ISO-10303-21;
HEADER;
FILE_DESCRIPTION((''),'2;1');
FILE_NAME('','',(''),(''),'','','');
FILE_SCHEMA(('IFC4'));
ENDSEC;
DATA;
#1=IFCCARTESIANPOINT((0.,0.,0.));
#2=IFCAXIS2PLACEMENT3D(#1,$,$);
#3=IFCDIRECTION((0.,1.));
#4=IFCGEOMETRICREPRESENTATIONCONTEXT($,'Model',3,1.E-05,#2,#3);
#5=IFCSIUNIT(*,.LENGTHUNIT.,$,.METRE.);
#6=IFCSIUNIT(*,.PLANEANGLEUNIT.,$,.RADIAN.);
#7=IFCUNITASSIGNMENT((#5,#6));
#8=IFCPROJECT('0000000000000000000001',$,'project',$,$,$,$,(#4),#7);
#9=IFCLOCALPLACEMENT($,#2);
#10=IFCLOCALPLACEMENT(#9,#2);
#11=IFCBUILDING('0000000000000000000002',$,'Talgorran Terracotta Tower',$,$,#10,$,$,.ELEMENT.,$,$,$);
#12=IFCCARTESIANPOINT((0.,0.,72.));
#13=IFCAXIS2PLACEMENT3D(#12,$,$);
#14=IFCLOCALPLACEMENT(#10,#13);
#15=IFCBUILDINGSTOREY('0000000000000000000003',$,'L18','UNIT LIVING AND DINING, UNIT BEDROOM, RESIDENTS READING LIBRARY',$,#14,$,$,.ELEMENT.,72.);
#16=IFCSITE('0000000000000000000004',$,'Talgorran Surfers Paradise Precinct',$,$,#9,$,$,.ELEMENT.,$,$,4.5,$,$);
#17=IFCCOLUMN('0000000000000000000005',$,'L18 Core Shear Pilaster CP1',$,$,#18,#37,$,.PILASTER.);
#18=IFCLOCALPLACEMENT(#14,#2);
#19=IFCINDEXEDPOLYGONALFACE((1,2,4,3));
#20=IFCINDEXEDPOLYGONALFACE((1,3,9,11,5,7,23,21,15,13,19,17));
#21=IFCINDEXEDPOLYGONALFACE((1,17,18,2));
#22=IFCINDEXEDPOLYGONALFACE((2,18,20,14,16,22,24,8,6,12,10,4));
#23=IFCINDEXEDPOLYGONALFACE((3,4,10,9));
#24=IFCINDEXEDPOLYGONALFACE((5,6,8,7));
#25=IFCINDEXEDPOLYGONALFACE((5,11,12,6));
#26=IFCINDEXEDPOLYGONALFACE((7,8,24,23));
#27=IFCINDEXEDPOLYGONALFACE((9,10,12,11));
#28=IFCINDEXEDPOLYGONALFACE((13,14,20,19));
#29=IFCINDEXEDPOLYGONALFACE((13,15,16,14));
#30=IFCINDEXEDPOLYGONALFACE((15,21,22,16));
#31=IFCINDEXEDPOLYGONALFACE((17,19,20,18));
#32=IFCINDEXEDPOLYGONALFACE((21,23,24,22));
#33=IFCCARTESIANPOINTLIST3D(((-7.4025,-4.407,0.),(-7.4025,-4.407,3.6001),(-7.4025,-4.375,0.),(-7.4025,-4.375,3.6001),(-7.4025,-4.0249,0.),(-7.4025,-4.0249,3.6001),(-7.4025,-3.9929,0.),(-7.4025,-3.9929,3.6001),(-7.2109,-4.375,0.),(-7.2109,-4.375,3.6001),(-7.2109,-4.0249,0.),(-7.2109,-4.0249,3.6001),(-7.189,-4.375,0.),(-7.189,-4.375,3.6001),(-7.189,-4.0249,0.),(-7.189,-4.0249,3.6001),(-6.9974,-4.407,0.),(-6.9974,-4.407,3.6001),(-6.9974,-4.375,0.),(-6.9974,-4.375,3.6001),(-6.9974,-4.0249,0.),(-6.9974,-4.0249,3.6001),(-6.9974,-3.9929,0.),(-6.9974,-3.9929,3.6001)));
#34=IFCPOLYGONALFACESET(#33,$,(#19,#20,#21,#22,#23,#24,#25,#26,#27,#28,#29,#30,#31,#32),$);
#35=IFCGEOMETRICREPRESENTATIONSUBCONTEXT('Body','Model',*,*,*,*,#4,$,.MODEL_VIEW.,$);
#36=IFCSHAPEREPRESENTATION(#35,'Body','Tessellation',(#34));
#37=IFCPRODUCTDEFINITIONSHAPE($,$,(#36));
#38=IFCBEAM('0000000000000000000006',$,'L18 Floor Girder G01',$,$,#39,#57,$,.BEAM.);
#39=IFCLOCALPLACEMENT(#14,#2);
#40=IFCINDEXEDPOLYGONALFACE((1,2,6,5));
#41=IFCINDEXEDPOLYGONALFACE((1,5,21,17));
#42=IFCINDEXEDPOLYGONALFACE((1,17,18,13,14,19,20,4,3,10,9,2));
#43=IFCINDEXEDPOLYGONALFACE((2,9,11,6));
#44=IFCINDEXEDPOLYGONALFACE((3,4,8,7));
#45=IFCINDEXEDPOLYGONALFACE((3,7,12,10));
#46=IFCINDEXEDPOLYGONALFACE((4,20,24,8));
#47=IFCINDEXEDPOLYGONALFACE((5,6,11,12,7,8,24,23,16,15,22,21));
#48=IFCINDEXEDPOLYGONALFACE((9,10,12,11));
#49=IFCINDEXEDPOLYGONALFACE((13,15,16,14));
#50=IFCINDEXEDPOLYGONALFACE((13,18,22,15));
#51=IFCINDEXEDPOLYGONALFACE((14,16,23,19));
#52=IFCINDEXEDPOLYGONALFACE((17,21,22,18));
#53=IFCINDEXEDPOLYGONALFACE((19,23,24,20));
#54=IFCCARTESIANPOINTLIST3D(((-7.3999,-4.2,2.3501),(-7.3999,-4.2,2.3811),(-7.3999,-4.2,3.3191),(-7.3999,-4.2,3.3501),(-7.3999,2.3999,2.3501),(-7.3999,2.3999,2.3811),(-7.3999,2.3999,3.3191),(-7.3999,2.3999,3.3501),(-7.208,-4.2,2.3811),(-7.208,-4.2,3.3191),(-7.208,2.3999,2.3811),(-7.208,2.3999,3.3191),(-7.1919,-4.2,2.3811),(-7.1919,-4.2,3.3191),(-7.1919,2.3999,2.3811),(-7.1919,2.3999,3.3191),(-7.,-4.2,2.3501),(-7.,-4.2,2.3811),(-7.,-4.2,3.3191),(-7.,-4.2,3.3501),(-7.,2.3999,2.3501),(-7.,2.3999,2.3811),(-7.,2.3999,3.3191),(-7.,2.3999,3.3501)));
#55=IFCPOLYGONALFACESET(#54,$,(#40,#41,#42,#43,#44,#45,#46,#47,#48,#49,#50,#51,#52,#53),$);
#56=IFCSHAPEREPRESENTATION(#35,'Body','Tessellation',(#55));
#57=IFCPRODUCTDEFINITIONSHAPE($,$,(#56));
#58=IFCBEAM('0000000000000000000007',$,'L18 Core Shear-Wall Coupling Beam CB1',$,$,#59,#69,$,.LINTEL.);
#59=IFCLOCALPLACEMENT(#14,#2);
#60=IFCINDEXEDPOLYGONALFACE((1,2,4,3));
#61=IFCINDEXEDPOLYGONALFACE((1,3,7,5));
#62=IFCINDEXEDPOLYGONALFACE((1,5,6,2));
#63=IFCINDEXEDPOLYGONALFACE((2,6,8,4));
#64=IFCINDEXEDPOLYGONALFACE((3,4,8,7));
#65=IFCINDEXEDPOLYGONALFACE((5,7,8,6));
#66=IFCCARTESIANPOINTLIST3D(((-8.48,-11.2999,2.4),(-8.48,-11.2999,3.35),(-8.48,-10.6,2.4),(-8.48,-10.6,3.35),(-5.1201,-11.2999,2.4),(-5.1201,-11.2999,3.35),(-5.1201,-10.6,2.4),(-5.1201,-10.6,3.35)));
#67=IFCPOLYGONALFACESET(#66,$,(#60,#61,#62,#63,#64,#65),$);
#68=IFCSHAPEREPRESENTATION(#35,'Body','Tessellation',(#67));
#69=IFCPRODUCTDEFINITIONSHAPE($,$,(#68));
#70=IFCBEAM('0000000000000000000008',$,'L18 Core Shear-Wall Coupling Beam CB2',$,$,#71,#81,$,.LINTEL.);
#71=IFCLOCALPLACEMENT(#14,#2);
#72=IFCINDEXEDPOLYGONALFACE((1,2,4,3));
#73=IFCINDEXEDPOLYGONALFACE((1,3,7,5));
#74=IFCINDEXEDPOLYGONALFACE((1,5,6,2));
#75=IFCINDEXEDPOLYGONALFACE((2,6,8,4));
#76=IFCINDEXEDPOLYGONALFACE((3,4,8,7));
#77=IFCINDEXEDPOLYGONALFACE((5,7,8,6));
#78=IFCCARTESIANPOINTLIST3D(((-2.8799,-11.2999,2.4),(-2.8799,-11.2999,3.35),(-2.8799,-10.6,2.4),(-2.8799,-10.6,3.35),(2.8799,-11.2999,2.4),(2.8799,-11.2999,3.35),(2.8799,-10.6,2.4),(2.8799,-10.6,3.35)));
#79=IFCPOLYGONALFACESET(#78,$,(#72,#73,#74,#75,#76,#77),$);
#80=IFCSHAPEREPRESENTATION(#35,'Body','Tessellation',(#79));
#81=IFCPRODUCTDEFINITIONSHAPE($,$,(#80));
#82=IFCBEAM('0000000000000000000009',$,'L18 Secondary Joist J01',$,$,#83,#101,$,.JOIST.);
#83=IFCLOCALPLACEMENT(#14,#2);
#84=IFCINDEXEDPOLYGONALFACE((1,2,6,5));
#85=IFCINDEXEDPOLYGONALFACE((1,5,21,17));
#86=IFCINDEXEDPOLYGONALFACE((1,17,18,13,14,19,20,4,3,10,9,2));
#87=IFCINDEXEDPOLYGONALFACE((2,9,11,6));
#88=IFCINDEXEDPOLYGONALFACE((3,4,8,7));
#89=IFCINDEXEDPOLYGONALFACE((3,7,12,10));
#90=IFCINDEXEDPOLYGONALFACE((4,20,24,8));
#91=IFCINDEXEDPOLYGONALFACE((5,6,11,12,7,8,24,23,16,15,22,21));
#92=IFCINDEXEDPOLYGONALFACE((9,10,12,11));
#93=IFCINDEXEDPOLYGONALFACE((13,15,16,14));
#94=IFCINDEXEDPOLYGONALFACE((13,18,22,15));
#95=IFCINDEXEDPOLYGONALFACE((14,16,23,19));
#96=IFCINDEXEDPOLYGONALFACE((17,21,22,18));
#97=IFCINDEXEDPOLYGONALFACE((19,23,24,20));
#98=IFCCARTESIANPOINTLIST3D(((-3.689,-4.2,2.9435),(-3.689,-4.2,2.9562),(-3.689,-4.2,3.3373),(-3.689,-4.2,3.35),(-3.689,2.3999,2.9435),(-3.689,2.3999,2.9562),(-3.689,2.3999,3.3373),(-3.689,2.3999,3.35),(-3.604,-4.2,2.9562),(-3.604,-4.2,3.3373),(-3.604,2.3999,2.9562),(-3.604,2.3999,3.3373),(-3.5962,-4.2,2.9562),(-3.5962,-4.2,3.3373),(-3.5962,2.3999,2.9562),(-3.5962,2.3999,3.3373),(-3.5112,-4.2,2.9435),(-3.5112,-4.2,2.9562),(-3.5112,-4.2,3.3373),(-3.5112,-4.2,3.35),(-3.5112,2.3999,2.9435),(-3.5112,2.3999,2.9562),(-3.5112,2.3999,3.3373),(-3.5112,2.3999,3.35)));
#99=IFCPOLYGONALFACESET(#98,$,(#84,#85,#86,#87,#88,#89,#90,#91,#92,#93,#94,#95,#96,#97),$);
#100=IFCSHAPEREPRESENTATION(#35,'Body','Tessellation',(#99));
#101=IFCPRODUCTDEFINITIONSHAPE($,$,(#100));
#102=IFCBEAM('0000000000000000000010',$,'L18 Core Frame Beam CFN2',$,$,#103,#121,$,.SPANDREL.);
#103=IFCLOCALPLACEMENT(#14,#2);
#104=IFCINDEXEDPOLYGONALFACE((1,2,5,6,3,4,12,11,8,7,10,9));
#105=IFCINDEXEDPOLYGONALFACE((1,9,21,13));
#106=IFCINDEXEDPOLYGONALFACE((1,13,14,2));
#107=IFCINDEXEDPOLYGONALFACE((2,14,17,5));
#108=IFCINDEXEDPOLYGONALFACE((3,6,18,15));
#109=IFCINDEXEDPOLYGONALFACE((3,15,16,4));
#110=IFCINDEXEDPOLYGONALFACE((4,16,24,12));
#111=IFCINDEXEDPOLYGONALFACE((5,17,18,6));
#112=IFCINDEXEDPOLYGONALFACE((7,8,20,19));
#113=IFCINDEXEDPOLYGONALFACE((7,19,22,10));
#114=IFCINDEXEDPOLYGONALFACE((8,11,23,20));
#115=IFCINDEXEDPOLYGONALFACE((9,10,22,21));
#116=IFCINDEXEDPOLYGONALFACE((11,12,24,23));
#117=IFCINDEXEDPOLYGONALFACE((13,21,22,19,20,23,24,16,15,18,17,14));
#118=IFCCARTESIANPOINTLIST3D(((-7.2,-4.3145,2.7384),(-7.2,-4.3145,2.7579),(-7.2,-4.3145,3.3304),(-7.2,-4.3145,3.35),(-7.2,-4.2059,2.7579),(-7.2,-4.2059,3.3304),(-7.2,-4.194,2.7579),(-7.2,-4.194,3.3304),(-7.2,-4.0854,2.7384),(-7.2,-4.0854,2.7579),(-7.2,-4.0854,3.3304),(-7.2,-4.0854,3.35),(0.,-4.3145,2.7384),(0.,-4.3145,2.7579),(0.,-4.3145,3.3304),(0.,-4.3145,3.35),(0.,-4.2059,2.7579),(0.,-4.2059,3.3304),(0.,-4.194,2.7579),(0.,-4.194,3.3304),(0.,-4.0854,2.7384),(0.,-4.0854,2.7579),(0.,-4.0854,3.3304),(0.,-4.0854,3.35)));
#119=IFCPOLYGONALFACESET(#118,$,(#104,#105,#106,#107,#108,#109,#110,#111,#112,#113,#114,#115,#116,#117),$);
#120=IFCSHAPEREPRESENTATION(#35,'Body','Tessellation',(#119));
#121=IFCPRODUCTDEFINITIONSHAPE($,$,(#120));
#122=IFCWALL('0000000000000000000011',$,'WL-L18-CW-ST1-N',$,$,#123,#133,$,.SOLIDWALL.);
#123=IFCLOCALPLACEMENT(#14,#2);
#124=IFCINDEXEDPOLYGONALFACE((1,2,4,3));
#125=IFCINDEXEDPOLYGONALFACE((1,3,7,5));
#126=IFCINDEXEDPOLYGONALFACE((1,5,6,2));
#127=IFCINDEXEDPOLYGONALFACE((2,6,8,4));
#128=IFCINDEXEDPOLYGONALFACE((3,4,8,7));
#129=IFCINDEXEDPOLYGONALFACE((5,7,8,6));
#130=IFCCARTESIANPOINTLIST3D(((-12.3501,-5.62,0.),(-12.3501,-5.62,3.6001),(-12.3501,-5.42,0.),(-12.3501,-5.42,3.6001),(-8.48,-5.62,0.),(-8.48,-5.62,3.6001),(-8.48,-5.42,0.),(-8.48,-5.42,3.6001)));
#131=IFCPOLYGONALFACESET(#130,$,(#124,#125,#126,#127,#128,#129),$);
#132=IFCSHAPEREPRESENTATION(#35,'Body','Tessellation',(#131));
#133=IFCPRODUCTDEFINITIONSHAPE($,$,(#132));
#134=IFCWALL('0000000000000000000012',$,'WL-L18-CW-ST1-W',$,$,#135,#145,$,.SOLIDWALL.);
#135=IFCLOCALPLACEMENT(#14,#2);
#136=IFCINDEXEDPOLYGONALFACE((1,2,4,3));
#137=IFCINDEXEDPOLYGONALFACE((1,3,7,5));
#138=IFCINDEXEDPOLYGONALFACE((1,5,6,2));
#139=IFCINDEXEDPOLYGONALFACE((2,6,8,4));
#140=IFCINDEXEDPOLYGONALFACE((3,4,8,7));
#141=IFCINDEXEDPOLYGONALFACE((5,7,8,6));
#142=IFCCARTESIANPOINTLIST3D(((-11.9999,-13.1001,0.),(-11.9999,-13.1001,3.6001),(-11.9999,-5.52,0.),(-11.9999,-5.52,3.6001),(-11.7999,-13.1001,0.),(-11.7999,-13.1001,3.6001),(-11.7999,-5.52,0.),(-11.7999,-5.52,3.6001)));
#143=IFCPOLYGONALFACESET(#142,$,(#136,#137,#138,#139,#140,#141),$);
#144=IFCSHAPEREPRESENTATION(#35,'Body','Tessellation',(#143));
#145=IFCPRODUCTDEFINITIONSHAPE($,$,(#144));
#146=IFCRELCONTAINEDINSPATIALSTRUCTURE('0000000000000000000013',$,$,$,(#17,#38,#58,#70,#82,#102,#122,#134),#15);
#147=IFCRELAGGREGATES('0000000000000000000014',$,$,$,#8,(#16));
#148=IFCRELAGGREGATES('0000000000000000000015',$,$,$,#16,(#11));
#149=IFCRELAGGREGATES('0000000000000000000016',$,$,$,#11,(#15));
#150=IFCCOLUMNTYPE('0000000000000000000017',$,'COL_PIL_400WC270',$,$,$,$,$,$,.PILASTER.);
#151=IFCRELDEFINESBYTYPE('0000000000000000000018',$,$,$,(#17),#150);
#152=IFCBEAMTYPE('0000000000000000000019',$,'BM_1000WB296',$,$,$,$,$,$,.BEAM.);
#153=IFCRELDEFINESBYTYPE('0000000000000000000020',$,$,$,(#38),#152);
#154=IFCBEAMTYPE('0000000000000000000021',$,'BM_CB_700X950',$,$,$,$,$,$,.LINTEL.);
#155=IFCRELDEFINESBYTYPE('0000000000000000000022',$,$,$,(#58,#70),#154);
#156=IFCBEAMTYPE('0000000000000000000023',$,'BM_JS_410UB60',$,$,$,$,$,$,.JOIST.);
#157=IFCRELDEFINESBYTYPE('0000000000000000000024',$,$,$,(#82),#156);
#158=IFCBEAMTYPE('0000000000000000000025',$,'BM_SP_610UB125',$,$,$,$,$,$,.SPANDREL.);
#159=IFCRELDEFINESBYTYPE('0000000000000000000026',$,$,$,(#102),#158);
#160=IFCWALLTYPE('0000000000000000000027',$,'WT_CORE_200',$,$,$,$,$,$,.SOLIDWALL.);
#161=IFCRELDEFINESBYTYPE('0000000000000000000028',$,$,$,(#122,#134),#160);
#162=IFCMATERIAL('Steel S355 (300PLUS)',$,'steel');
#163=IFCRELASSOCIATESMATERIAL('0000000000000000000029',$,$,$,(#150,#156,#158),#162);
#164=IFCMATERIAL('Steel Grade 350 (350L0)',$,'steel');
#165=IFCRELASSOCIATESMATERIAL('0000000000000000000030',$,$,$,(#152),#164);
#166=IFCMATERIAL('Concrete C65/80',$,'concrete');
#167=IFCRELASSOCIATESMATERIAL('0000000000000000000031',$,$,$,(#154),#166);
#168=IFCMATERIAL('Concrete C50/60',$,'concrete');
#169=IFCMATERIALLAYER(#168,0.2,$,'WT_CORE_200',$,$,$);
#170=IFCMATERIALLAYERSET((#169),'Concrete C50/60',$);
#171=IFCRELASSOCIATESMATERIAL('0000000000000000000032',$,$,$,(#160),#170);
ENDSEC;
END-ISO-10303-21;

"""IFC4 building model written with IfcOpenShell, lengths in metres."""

from ifc_helpers import new_model, si_unit, direction, frame, frame_2d, origin, origin_2d, place, context, subcontext, project, spatial, rectangle, i_section, extrude, material, layer, layer_set, material_profile, profile_set, type_object, element, save


model = new_model("IFC4")

# Units and contexts
model_context = context("Model", 3, precision=1e-05, world=origin(), true_north=direction((0.0, 1.0)))
body_context = subcontext(model_context, "Body", "Model", "MODEL_VIEW")
ifc_project = project(units=[si_unit("LENGTHUNIT", "METRE"), si_unit("PLANEANGLEUNIT", "RADIAN")], contexts=[model_context])

# Site, building, storey
site_placement = place(None, origin())
site = spatial("IfcSite", under=ifc_project, at=site_placement, Name="Talgorran Surfers Paradise Precinct", CompositionType="ELEMENT", RefElevation=4.5)
building_placement = place(site_placement, origin())
building = spatial("IfcBuilding", under=site, at=building_placement, Name="Talgorran Terracotta Tower", CompositionType="ELEMENT")
storey_placement = place(building_placement, frame((0.0, 0.0, 72.0)))
storey = spatial("IfcBuildingStorey", under=building, at=storey_placement, Name="L18", Description="UNIT LIVING AND DINING, UNIT BEDROOM, RESIDENTS READING LIBRARY", CompositionType="ELEMENT", Elevation=72.0)

# Column
ifc_material_1 = material(Name="Steel S355 (300PLUS)", Category="steel")
ifc_material_profile_1 = material_profile(ifc_material_1, i_section(OverallWidth=0.405, OverallDepth=0.4141, WebThickness=0.022, FlangeThickness=0.032, at=origin_2d()), Name="400WC270")
ifc_profile_set_1 = profile_set([ifc_material_profile_1], Name="Steel S355 (300PLUS)")
column_type = type_object("IfcColumnType", Name="COL_PIL_400WC270", PredefinedType="PILASTER", material=ifc_profile_set_1)
column_placement = place(storey_placement, frame((-7.2, -4.2, 0.0), z_axis=(0.0, 0.0, 1.0), x_axis=(1.0, 0.0, 0.0)))
element("IfcColumn", 1, at=column_placement, inside=storey, type_object=column_type, Name="L18 Core Shear Pilaster CP1", PredefinedType="PILASTER", context=body_context, shape_type="SweptSolid", body=[
    extrude(i_section(OverallWidth=0.405, OverallDepth=0.4141, WebThickness=0.022, FlangeThickness=0.032, at=origin_2d()), origin(), (0.0, 0.0, 1.0), 3.6001),
])

# Beams
ifc_material_2 = material(Name="Steel Grade 350 (350L0)", Category="steel")
ifc_material_profile_2 = material_profile(ifc_material_2, i_section(OverallWidth=0.3999, OverallDepth=1.0, WebThickness=0.0161, FlangeThickness=0.031, at=origin_2d()), Name="1000WB296")
ifc_profile_set_2 = profile_set([ifc_material_profile_2], Name="Steel Grade 350 (350L0)")
beam_type_1 = type_object("IfcBeamType", Name="BM_1000WB296", PredefinedType="BEAM", material=ifc_profile_set_2)
beam_1_placement = place(storey_placement, frame((-7.2, -4.2, 2.8501), z_axis=(0.0, 1.0, 0.0), x_axis=(-1.0, 0.0, 0.0)))
element("IfcBeam", 2, at=beam_1_placement, inside=storey, type_object=beam_type_1, Name="L18 Floor Girder G01", PredefinedType="BEAM", context=body_context, shape_type="SweptSolid", body=[
    extrude(i_section(OverallWidth=0.3999, OverallDepth=1.0, WebThickness=0.0161, FlangeThickness=0.031, at=origin_2d()), origin(), (0.0, 0.0, 1.0), 6.5999),
])
ifc_material_3 = material(Name="Concrete C65/80", Category="concrete")
ifc_material_profile_3 = material_profile(ifc_material_3, rectangle(XDim=0.7, YDim=0.95, at=origin_2d()), Name="RCCB700X950")
ifc_profile_set_3 = profile_set([ifc_material_profile_3], Name="Concrete C65/80")
beam_type_2 = type_object("IfcBeamType", Name="BM_CB_700X950", PredefinedType="LINTEL", material=ifc_profile_set_3)
beam_2_placement = place(storey_placement, frame((-8.48, -10.95, 2.875), z_axis=(1.0, 0.0, 0.0), x_axis=(0.0, 1.0, 0.0)))
element("IfcBeam", 3, at=beam_2_placement, inside=storey, type_object=beam_type_2, Name="L18 Core Shear-Wall Coupling Beam CB1", PredefinedType="LINTEL", context=body_context, shape_type="SweptSolid", body=[
    extrude(rectangle(XDim=0.7, YDim=0.95, at=origin_2d()), origin(), (0.0, 0.0, 1.0), 3.3599),
])
beam_3_placement = place(storey_placement, frame((-2.8799, -10.95, 2.875), z_axis=(1.0, 0.0, 0.0), x_axis=(0.0, 1.0, 0.0)))
element("IfcBeam", 4, at=beam_3_placement, inside=storey, type_object=beam_type_2, Name="L18 Core Shear-Wall Coupling Beam CB2", PredefinedType="LINTEL", context=body_context, shape_type="SweptSolid", body=[
    extrude(rectangle(XDim=0.7, YDim=0.95, at=origin_2d()), origin(), (0.0, 0.0, 1.0), 5.7598),
])
ifc_material_profile_4 = material_profile(ifc_material_1, i_section(OverallWidth=0.1777, OverallDepth=0.4065, WebThickness=0.0078, FlangeThickness=0.0127, at=origin_2d()), Name="410UB59.7")
ifc_profile_set_4 = profile_set([ifc_material_profile_4], Name="Steel S355 (300PLUS)")
beam_type_3 = type_object("IfcBeamType", Name="BM_JS_410UB60", PredefinedType="JOIST", material=ifc_profile_set_4)
beam_4_placement = place(storey_placement, frame((-3.6001, -4.2, 3.1467), z_axis=(0.0, 1.0, 0.0), x_axis=(-1.0, 0.0, 0.0)))
element("IfcBeam", 5, at=beam_4_placement, inside=storey, type_object=beam_type_3, Name="L18 Secondary Joist J01", PredefinedType="JOIST", context=body_context, shape_type="SweptSolid", body=[
    extrude(i_section(OverallWidth=0.1777, OverallDepth=0.4065, WebThickness=0.0078, FlangeThickness=0.0127, at=origin_2d()), origin(), (0.0, 0.0, 1.0), 6.5999),
])
ifc_material_profile_5 = material_profile(ifc_material_1, i_section(OverallWidth=0.229, OverallDepth=0.6116, WebThickness=0.012, FlangeThickness=0.0195, at=origin_2d()), Name="610UB125")
ifc_profile_set_5 = profile_set([ifc_material_profile_5], Name="Steel S355 (300PLUS)")
beam_type_4 = type_object("IfcBeamType", Name="BM_SP_610UB125", PredefinedType="SPANDREL", material=ifc_profile_set_5)
beam_5_placement = place(storey_placement, frame((-7.2, -4.2, 3.0442), z_axis=(1.0, 0.0, 0.0), x_axis=(0.0, 1.0, 0.0)))
element("IfcBeam", 6, at=beam_5_placement, inside=storey, type_object=beam_type_4, Name="L18 Core Frame Beam CFN2", PredefinedType="SPANDREL", context=body_context, shape_type="SweptSolid", body=[
    extrude(i_section(OverallWidth=0.229, OverallDepth=0.6116, WebThickness=0.012, FlangeThickness=0.0195, at=origin_2d()), origin(), (0.0, 0.0, 1.0), 7.2),
])

# Walls
ifc_material_4 = material(Name="Concrete C50/60", Category="concrete")
ifc_layer_1 = layer(ifc_material_4, 0.2, Name="WT_CORE_200")
ifc_layer_set_1 = layer_set([ifc_layer_1], Name="Concrete C50/60")
wall_type_1 = type_object("IfcWallType", Name="WT_CORE_200", PredefinedType="SOLIDWALL", material=ifc_layer_set_1)
wall_1_placement = place(storey_placement, frame((-12.3501, -5.52, 0.0), z_axis=(0.0, 0.0, 1.0), x_axis=(1.0, 0.0, 0.0)))
element("IfcWall", 7, at=wall_1_placement, inside=storey, type_object=wall_type_1, Name="WL-L18-CW-ST1-N", PredefinedType="SOLIDWALL", context=body_context, shape_type="SweptSolid", body=[
    extrude(rectangle(XDim=3.8701, YDim=0.2, at=frame_2d((1.9351, 0.0))), origin(), (0.0, 0.0, 1.0), 3.6001),
])
wall_2_placement = place(storey_placement, frame((-11.8999, -13.1001, 0.0), z_axis=(0.0, 0.0, 1.0), x_axis=(0.0, 1.0, 0.0)))
element("IfcWall", 8, at=wall_2_placement, inside=storey, type_object=wall_type_1, Name="WL-L18-CW-ST1-W", PredefinedType="SOLIDWALL", context=body_context, shape_type="SweptSolid", body=[
    extrude(rectangle(XDim=7.5801, YDim=0.2, at=frame_2d((3.79, 0.0))), origin(), (0.0, 0.0, 1.0), 3.6001),
])

save(model, "model.ifc")
